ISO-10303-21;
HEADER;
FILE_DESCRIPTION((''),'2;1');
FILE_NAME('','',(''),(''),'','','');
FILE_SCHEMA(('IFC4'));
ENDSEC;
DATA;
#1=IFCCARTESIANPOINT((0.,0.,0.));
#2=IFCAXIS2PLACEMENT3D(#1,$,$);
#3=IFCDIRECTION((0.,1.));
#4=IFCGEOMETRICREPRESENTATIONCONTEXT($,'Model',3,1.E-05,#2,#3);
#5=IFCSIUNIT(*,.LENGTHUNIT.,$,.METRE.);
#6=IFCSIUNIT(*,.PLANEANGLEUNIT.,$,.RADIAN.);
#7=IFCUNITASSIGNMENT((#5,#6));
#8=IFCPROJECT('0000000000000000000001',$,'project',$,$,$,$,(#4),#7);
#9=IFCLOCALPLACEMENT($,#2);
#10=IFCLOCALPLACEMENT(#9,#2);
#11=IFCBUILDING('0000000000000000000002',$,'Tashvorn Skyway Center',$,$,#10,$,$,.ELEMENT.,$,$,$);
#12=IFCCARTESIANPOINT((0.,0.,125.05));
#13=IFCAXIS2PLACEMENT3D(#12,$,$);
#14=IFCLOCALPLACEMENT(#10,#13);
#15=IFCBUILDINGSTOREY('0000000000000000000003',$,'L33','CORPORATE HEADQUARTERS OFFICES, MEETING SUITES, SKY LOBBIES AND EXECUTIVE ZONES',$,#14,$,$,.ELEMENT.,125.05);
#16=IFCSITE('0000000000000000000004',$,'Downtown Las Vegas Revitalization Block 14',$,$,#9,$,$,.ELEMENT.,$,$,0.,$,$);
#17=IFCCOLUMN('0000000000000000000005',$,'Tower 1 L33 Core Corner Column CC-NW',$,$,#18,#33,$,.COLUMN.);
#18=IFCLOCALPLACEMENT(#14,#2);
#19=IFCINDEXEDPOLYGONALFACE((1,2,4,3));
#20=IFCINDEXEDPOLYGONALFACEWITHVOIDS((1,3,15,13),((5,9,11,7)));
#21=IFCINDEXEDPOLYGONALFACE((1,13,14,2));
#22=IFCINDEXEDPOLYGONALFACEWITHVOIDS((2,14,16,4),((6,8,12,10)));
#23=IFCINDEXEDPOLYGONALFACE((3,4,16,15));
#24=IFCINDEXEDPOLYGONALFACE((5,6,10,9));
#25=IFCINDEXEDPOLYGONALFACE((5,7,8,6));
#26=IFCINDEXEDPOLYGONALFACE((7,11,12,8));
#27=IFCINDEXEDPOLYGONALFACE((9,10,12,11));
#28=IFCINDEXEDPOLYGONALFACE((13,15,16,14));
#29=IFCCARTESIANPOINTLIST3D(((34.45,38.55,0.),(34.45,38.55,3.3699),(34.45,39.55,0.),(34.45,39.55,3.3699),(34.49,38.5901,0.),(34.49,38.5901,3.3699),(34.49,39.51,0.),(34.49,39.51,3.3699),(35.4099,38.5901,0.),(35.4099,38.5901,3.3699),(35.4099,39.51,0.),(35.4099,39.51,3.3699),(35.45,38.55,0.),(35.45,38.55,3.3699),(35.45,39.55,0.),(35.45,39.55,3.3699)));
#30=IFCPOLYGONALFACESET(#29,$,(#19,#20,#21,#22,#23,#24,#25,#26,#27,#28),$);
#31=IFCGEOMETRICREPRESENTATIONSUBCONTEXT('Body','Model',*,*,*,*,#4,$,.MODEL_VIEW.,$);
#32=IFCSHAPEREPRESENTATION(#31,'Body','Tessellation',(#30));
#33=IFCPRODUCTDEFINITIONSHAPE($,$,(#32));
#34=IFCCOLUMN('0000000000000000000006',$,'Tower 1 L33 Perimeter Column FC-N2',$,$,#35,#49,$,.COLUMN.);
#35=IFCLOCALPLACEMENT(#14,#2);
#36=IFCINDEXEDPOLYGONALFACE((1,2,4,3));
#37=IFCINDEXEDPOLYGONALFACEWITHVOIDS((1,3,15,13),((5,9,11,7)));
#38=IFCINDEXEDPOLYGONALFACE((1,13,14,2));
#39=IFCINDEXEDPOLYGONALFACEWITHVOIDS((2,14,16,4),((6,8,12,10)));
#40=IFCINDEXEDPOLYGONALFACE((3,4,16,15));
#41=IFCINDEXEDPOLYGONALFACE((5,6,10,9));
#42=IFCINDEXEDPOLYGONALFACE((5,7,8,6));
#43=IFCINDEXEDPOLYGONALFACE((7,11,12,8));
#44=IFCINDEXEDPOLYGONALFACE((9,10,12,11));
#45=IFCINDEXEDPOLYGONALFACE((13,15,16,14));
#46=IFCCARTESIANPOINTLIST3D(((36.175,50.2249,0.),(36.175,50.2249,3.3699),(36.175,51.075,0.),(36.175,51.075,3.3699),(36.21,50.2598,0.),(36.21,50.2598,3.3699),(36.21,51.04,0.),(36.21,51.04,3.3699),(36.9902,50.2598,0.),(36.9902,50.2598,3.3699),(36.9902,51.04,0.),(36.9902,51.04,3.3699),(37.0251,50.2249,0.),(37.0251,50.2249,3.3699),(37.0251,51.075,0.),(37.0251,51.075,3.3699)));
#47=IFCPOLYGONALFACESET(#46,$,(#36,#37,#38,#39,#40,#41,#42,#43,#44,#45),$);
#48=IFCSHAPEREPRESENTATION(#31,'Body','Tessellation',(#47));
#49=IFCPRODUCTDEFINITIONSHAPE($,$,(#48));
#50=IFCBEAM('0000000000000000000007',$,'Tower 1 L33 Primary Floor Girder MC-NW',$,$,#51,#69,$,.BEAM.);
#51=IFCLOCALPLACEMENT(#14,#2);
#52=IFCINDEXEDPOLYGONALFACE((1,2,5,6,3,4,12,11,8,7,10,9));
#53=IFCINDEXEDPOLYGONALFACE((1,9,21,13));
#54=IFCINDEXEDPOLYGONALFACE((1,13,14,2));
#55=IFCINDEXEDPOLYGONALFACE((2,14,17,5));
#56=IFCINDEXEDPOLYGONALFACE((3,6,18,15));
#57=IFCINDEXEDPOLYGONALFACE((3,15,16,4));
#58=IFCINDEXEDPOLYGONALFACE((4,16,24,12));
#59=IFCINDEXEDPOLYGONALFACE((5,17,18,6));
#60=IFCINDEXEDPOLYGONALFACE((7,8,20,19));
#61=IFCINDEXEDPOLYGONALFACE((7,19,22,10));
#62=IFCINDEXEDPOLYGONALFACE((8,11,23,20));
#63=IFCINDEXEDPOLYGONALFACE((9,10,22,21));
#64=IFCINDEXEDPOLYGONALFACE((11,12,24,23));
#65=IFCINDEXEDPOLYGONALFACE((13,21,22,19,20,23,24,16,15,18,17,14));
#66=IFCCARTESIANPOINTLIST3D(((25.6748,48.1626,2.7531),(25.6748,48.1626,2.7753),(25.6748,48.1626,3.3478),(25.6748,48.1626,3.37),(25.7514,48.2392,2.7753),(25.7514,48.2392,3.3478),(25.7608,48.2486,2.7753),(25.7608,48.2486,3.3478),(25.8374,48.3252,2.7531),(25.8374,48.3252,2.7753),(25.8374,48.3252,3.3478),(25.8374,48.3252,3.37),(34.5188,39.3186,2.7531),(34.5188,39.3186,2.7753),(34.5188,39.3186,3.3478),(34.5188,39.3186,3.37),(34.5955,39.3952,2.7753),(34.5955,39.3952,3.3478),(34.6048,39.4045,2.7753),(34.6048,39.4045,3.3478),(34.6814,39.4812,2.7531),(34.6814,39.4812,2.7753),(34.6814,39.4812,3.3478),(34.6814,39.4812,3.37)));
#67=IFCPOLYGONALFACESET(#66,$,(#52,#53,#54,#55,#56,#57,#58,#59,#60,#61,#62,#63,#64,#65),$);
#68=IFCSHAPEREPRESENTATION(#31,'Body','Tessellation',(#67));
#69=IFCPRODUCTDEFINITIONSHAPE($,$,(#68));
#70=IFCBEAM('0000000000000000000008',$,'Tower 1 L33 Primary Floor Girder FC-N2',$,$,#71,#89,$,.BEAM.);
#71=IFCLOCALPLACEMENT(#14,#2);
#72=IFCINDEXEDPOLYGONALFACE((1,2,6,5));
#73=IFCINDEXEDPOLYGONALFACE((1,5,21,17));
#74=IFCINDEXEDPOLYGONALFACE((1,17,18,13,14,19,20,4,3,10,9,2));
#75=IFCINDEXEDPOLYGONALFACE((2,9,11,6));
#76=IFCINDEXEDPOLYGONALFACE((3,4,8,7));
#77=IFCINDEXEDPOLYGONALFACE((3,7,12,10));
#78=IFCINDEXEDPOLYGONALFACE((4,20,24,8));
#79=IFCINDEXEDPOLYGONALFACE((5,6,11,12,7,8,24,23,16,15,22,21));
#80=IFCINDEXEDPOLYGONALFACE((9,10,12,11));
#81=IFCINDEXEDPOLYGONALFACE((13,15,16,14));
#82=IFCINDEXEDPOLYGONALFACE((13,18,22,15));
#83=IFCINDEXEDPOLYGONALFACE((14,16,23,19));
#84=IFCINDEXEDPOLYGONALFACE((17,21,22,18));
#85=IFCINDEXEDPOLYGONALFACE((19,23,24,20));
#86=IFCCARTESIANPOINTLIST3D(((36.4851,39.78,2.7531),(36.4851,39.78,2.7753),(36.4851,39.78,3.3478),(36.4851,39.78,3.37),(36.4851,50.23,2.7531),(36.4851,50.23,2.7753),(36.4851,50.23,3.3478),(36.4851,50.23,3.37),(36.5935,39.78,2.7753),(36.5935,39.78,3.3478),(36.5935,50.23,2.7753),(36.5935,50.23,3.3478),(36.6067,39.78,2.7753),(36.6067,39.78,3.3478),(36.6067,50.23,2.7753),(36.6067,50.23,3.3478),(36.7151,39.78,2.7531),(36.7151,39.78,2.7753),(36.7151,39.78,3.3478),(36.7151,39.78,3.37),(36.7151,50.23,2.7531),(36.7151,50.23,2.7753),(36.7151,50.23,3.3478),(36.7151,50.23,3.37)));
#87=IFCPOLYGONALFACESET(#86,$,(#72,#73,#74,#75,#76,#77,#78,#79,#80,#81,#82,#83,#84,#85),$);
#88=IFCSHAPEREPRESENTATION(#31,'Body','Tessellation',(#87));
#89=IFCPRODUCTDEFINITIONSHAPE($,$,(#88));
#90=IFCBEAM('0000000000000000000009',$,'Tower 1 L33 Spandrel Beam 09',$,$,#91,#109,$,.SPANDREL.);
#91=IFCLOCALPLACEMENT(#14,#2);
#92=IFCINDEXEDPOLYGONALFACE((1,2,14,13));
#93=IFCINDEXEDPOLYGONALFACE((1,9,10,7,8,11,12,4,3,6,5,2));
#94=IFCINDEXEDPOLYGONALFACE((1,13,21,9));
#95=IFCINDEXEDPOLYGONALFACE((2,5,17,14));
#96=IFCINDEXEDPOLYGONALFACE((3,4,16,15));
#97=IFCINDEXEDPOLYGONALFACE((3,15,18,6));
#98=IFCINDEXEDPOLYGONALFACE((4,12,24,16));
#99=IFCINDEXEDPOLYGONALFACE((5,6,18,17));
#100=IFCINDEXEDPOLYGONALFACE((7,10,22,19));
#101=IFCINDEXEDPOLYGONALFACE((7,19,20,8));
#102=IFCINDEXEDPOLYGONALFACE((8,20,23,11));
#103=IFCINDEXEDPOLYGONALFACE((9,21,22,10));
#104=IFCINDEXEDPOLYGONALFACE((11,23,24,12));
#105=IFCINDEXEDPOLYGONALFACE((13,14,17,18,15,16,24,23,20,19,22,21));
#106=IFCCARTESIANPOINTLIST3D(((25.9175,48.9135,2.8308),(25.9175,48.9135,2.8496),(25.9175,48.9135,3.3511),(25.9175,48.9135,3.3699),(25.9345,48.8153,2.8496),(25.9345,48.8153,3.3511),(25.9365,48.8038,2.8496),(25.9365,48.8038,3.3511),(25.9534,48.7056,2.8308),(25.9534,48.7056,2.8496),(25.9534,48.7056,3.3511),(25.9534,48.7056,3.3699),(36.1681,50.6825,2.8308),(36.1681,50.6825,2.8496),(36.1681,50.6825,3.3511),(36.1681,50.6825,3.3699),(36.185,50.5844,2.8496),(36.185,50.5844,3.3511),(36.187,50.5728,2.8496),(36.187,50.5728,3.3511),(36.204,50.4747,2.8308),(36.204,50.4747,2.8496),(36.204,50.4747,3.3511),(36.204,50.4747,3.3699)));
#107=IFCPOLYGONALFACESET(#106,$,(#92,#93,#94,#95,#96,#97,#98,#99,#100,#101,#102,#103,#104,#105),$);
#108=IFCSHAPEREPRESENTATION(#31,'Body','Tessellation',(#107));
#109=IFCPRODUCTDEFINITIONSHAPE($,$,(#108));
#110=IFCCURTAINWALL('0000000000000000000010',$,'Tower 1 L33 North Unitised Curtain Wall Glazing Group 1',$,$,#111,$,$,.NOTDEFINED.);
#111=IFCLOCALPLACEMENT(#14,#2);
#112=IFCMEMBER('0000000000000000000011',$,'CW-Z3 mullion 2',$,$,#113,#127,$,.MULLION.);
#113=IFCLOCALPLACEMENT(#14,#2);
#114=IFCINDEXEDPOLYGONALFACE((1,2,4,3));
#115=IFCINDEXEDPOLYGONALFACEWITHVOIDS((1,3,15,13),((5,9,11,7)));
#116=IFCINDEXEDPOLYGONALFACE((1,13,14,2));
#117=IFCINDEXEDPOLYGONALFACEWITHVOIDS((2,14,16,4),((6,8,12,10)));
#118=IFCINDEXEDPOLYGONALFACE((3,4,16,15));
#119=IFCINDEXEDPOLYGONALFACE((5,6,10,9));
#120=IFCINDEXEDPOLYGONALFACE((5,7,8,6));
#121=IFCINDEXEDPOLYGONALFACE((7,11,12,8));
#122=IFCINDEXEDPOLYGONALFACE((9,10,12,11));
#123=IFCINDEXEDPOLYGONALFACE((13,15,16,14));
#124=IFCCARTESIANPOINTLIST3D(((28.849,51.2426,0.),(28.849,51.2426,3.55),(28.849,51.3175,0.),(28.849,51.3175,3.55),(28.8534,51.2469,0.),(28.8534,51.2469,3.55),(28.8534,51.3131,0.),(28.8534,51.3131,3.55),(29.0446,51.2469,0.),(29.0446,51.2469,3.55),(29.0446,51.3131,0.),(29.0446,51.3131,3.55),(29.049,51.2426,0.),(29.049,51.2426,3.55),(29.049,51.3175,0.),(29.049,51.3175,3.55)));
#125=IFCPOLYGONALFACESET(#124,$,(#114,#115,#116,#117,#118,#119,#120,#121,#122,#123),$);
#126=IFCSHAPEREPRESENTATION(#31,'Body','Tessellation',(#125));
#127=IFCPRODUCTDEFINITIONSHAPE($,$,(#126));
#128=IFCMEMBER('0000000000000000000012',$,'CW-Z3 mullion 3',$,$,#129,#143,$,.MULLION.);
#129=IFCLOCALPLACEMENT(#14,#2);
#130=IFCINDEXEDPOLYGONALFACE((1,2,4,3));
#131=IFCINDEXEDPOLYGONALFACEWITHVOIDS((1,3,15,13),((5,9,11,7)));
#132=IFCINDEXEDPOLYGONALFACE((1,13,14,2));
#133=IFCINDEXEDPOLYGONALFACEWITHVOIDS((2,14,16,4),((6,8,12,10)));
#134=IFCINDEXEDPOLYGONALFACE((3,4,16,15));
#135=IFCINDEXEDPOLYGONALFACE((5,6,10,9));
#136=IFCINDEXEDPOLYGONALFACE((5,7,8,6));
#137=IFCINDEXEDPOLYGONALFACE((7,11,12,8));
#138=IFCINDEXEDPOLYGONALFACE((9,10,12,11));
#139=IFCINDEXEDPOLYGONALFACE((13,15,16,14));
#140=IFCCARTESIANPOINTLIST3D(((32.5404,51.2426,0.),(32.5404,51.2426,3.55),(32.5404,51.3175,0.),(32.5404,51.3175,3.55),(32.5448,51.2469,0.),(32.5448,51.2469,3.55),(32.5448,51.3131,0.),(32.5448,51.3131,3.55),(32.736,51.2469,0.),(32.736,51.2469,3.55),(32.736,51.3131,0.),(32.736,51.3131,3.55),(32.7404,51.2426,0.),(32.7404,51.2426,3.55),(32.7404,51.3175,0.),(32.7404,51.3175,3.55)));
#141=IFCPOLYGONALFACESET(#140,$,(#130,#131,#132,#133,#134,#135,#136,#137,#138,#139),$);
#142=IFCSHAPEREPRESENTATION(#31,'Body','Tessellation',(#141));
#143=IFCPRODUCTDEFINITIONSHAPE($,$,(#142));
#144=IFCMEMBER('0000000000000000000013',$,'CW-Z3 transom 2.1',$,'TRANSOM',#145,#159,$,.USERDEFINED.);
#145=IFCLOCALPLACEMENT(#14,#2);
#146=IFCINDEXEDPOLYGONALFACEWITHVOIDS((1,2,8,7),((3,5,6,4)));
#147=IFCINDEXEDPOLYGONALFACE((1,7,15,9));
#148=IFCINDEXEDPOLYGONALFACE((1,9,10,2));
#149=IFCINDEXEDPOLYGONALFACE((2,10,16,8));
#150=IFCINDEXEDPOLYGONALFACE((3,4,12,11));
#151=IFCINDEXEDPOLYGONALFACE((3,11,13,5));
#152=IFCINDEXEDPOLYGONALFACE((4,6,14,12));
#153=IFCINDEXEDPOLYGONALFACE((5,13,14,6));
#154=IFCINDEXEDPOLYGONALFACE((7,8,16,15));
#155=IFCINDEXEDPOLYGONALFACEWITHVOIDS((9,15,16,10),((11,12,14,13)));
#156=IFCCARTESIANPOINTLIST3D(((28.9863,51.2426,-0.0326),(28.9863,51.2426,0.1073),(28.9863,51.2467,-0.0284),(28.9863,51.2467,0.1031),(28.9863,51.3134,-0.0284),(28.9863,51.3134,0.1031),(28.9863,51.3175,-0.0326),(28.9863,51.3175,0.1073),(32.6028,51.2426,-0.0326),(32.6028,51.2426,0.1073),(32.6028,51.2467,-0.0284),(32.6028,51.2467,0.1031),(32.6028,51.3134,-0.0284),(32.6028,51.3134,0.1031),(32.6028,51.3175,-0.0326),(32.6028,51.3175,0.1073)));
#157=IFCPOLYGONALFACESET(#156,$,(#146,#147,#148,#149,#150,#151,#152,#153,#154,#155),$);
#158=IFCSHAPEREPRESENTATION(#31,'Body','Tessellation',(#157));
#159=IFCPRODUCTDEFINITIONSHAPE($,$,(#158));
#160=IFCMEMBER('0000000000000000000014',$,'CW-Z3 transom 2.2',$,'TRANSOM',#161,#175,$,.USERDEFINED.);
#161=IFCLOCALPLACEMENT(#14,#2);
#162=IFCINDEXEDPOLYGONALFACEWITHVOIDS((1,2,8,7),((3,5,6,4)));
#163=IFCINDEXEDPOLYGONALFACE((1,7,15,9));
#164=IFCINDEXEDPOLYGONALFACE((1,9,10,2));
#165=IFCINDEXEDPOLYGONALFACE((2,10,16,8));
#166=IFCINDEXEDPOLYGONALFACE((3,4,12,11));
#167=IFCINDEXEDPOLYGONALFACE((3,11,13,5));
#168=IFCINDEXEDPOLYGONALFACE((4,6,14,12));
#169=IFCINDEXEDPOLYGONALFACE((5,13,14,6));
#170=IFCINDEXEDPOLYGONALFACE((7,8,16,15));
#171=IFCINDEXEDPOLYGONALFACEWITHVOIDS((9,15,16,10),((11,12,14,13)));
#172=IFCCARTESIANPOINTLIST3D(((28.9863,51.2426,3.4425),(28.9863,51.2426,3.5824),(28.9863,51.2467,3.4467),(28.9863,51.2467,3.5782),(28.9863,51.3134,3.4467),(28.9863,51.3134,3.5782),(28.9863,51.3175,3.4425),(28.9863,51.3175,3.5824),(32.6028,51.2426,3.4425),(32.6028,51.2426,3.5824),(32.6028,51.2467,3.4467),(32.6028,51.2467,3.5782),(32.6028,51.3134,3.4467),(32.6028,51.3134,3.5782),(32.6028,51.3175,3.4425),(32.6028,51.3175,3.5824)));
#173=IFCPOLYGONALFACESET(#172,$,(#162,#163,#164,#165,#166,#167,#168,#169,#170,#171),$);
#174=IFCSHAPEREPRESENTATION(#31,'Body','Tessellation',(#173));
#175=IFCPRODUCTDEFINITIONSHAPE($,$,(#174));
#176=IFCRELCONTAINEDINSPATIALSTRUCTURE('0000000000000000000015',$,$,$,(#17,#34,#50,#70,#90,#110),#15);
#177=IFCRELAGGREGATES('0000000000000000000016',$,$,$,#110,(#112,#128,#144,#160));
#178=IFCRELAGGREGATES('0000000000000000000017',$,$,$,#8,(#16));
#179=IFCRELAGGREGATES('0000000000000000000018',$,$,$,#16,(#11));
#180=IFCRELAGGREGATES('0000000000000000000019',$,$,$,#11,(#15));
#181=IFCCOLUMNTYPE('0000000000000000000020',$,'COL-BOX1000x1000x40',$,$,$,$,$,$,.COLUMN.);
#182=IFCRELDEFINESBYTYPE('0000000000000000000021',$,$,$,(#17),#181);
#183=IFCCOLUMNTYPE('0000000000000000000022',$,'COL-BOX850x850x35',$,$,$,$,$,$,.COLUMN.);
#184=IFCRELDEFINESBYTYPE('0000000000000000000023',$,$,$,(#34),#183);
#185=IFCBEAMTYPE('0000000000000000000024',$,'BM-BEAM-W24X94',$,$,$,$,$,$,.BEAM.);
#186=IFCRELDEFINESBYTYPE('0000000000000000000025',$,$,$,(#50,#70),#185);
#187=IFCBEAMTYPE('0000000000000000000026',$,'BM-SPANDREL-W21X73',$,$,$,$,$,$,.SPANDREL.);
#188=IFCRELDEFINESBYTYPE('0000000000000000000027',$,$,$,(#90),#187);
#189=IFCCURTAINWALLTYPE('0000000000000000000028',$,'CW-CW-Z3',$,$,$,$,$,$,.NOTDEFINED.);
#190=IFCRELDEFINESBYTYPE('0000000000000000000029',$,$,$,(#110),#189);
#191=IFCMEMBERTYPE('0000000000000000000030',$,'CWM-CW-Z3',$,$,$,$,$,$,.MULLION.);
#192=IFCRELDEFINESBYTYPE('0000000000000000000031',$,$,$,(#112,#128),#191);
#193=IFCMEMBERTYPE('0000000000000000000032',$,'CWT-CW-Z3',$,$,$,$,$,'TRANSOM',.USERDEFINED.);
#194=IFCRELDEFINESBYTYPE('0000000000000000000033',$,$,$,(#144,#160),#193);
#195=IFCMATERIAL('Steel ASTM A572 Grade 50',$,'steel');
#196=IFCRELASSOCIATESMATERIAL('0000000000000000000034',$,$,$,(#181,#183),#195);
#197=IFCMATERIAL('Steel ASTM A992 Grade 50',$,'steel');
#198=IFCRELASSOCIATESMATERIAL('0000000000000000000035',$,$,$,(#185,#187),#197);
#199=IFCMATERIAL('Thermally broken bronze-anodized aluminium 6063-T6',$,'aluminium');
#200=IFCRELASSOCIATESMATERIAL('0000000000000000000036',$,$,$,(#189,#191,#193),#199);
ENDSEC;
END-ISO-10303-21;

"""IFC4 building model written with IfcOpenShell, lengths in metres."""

from ifc_helpers import new_model, si_unit, direction, frame, origin, origin_2d, place, context, subcontext, project, spatial, hollow_rectangle, i_section, extrude, material, material_profile, profile_set, type_object, element, aggregate, save


model = new_model("IFC4")

# Units and contexts
model_context = context("Model", 3, precision=1e-05, world=origin(), true_north=direction((0.0, 1.0)))
body_context = subcontext(model_context, "Body", "Model", "MODEL_VIEW")
ifc_project = project(units=[si_unit("LENGTHUNIT", "METRE"), si_unit("PLANEANGLEUNIT", "RADIAN")], contexts=[model_context])

# Site, building, storey
site_placement = place(None, origin())
site = spatial("IfcSite", under=ifc_project, at=site_placement, Name="Downtown Las Vegas Revitalization Block 14", CompositionType="ELEMENT", RefElevation=0.0)
building_placement = place(site_placement, origin())
building = spatial("IfcBuilding", under=site, at=building_placement, Name="Tashvorn Skyway Center", CompositionType="ELEMENT")
storey_placement = place(building_placement, frame((0.0, 0.0, 125.05)))
storey = spatial("IfcBuildingStorey", under=building, at=storey_placement, Name="L33", Description="CORPORATE HEADQUARTERS OFFICES, MEETING SUITES, SKY LOBBIES AND EXECUTIVE ZONES", CompositionType="ELEMENT", Elevation=125.05)

# Columns
ifc_material_1 = material(Name="Steel ASTM A572 Grade 50", Category="steel")
ifc_material_profile_1 = material_profile(ifc_material_1, hollow_rectangle(XDim=1.0, YDim=1.0, WallThickness=0.04, at=origin_2d()), Name="BOX1000x1000x40")
ifc_profile_set_1 = profile_set([ifc_material_profile_1], Name="Steel ASTM A572 Grade 50")
column_type_1 = type_object("IfcColumnType", Name="COL-BOX1000x1000x40", PredefinedType="COLUMN", material=ifc_profile_set_1)
column_1_placement = place(storey_placement, frame((34.95, 39.05, 0.0), z_axis=(0.0, 0.0, 1.0), x_axis=(1.0, 0.0, 0.0)))
element("IfcColumn", 1, at=column_1_placement, inside=storey, type_object=column_type_1, Name="Tower 1 L33 Core Corner Column CC-NW", PredefinedType="COLUMN", context=body_context, shape_type="SweptSolid", body=[
    extrude(hollow_rectangle(XDim=1.0, YDim=1.0, WallThickness=0.04, at=origin_2d()), origin(), (0.0, 0.0, 1.0), 3.3699),
])
ifc_material_profile_2 = material_profile(ifc_material_1, hollow_rectangle(XDim=0.8501, YDim=0.8501, WallThickness=0.0349, at=origin_2d()), Name="BOX850x850x35")
ifc_profile_set_2 = profile_set([ifc_material_profile_2], Name="Steel ASTM A572 Grade 50")
column_type_2 = type_object("IfcColumnType", Name="COL-BOX850x850x35", PredefinedType="COLUMN", material=ifc_profile_set_2)
column_2_placement = place(storey_placement, frame((36.6001, 50.6499, 0.0), z_axis=(0.0, 0.0, 1.0), x_axis=(1.0, 0.0, 0.0)))
element("IfcColumn", 2, at=column_2_placement, inside=storey, type_object=column_type_2, Name="Tower 1 L33 Perimeter Column FC-N2", PredefinedType="COLUMN", context=body_context, shape_type="SweptSolid", body=[
    extrude(hollow_rectangle(XDim=0.8501, YDim=0.8501, WallThickness=0.0349, at=origin_2d()), origin(), (0.0, 0.0, 1.0), 3.3699),
])

# Beams
ifc_material_2 = material(Name="Steel ASTM A992 Grade 50", Category="steel")
ifc_material_profile_3 = material_profile(ifc_material_2, i_section(OverallWidth=0.23, OverallDepth=0.6169, WebThickness=0.0132, FlangeThickness=0.0222, at=origin_2d()), Name="W24X94")
ifc_profile_set_3 = profile_set([ifc_material_profile_3], Name="Steel ASTM A992 Grade 50")
beam_type_1 = type_object("IfcBeamType", Name="BM-BEAM-W24X94", PredefinedType="BEAM", material=ifc_profile_set_3)
beam_1_placement = place(storey_placement, frame((25.7561, 48.2439, 3.0615), z_axis=(0.707107, -0.707107, 0.0), x_axis=(0.707107, 0.707107, 0.0)))
element("IfcBeam", 3, at=beam_1_placement, inside=storey, type_object=beam_type_1, Name="Tower 1 L33 Primary Floor Girder MC-NW", PredefinedType="BEAM", context=body_context, shape_type="SweptSolid", body=[
    extrude(i_section(OverallWidth=0.23, OverallDepth=0.6169, WebThickness=0.0132, FlangeThickness=0.0222, at=origin_2d()), origin(), (0.0, 0.0, 1.0), 12.5073),
])
beam_2_placement = place(storey_placement, frame((36.6001, 50.23, 3.0615), z_axis=(0.0, -1.0, 0.0), x_axis=(1.0, 0.0, 0.0)))
element("IfcBeam", 4, at=beam_2_placement, inside=storey, type_object=beam_type_1, Name="Tower 1 L33 Primary Floor Girder FC-N2", PredefinedType="BEAM", context=body_context, shape_type="SweptSolid", body=[
    extrude(i_section(OverallWidth=0.23, OverallDepth=0.6169, WebThickness=0.0132, FlangeThickness=0.0222, at=origin_2d()), origin(), (0.0, 0.0, 1.0), 10.45),
])
ifc_material_profile_4 = material_profile(ifc_material_2, i_section(OverallWidth=0.2109, OverallDepth=0.5391, WebThickness=0.0117, FlangeThickness=0.0188, at=origin_2d()), Name="W21X73")
ifc_profile_set_4 = profile_set([ifc_material_profile_4], Name="Steel ASTM A992 Grade 50")
beam_type_2 = type_object("IfcBeamType", Name="BM-SPANDREL-W21X73", PredefinedType="SPANDREL", material=ifc_profile_set_4)
beam_3_placement = place(storey_placement, frame((36.186, 50.5786, 3.1003), z_axis=(-0.985432, -0.170067, 0.0), x_axis=(0.170067, -0.985432, 0.0)))
element("IfcBeam", 5, at=beam_3_placement, inside=storey, type_object=beam_type_2, Name="Tower 1 L33 Spandrel Beam 09", PredefinedType="SPANDREL", context=body_context, shape_type="SweptSolid", body=[
    extrude(i_section(OverallWidth=0.2109, OverallDepth=0.5391, WebThickness=0.0117, FlangeThickness=0.0188, at=origin_2d()), origin(), (0.0, 0.0, 1.0), 10.4021),
])

# Curtain wall, members
ifc_material_3 = material(Name="Thermally broken bronze-anodized aluminium 6063-T6", Category="aluminium")
curtain_wall_type = type_object("IfcCurtainWallType", Name="CW-CW-Z3", PredefinedType="NOTDEFINED", material=ifc_material_3)
curtain_wall_placement = place(storey_placement, origin())
curtain_wall = element("IfcCurtainWall", 6, at=curtain_wall_placement, inside=storey, type_object=curtain_wall_type, Name="Tower 1 L33 North Unitised Curtain Wall Glazing Group 1", PredefinedType="NOTDEFINED")
ifc_material_profile_5 = material_profile(ifc_material_3, hollow_rectangle(XDim=0.075, YDim=0.2, WallThickness=0.0044, at=origin_2d()), Name="ALU-MULL-75x200")
ifc_profile_set_5 = profile_set([ifc_material_profile_5], Name="Thermally broken bronze-anodized aluminium 6063-T6")
member_type_1 = type_object("IfcMemberType", Name="CWM-CW-Z3", PredefinedType="MULLION", material=ifc_profile_set_5)
member_1_placement = place(storey_placement, frame((28.949, 51.28, 0.0), z_axis=(0.0, 0.0, 1.0), x_axis=(0.0, 1.0, 0.0)))
member_1 = element("IfcMember", 7, at=member_1_placement, type_object=member_type_1, Name="CW-Z3 mullion 2", PredefinedType="MULLION", context=body_context, shape_type="SweptSolid", body=[
    extrude(hollow_rectangle(XDim=0.075, YDim=0.2, WallThickness=0.0044, at=origin_2d()), origin(), (0.0, 0.0, 1.0), 3.55),
])
member_2_placement = place(storey_placement, frame((32.6404, 51.28, 0.0), z_axis=(0.0, 0.0, 1.0), x_axis=(0.0, 1.0, 0.0)))
member_2 = element("IfcMember", 8, at=member_2_placement, type_object=member_type_1, Name="CW-Z3 mullion 3", PredefinedType="MULLION", context=body_context, shape_type="SweptSolid", body=[
    extrude(hollow_rectangle(XDim=0.075, YDim=0.2, WallThickness=0.0044, at=origin_2d()), origin(), (0.0, 0.0, 1.0), 3.55),
])
ifc_material_profile_6 = material_profile(ifc_material_3, hollow_rectangle(XDim=0.075, YDim=0.1399, WallThickness=0.0042, at=origin_2d()), Name="ALU-TRAN-75x140")
ifc_profile_set_6 = profile_set([ifc_material_profile_6], Name="Thermally broken bronze-anodized aluminium 6063-T6")
member_type_2 = type_object("IfcMemberType", Name="CWT-CW-Z3", ElementType="TRANSOM", PredefinedType="USERDEFINED", material=ifc_profile_set_6)
member_3_placement = place(storey_placement, frame((28.9863, 51.28, 0.0374), z_axis=(1.0, 0.0, 0.0), x_axis=(0.0, 1.0, 0.0)))
member_3 = element("IfcMember", 9, at=member_3_placement, type_object=member_type_2, Name="CW-Z3 transom 2.1", ObjectType="TRANSOM", PredefinedType="USERDEFINED", context=body_context, shape_type="SweptSolid", body=[
    extrude(hollow_rectangle(XDim=0.075, YDim=0.1399, WallThickness=0.0042, at=origin_2d()), origin(), (0.0, 0.0, 1.0), 3.6165),
])
member_4_placement = place(storey_placement, frame((28.9863, 51.28, 3.5125), z_axis=(1.0, 0.0, 0.0), x_axis=(0.0, 1.0, 0.0)))
member_4 = element("IfcMember", 10, at=member_4_placement, type_object=member_type_2, Name="CW-Z3 transom 2.2", ObjectType="TRANSOM", PredefinedType="USERDEFINED", context=body_context, shape_type="SweptSolid", body=[
    extrude(hollow_rectangle(XDim=0.075, YDim=0.1399, WallThickness=0.0042, at=origin_2d()), origin(), (0.0, 0.0, 1.0), 3.6165),
])
aggregate(curtain_wall, [member_1, member_2, member_3, member_4])

save(model, "model.ifc")
